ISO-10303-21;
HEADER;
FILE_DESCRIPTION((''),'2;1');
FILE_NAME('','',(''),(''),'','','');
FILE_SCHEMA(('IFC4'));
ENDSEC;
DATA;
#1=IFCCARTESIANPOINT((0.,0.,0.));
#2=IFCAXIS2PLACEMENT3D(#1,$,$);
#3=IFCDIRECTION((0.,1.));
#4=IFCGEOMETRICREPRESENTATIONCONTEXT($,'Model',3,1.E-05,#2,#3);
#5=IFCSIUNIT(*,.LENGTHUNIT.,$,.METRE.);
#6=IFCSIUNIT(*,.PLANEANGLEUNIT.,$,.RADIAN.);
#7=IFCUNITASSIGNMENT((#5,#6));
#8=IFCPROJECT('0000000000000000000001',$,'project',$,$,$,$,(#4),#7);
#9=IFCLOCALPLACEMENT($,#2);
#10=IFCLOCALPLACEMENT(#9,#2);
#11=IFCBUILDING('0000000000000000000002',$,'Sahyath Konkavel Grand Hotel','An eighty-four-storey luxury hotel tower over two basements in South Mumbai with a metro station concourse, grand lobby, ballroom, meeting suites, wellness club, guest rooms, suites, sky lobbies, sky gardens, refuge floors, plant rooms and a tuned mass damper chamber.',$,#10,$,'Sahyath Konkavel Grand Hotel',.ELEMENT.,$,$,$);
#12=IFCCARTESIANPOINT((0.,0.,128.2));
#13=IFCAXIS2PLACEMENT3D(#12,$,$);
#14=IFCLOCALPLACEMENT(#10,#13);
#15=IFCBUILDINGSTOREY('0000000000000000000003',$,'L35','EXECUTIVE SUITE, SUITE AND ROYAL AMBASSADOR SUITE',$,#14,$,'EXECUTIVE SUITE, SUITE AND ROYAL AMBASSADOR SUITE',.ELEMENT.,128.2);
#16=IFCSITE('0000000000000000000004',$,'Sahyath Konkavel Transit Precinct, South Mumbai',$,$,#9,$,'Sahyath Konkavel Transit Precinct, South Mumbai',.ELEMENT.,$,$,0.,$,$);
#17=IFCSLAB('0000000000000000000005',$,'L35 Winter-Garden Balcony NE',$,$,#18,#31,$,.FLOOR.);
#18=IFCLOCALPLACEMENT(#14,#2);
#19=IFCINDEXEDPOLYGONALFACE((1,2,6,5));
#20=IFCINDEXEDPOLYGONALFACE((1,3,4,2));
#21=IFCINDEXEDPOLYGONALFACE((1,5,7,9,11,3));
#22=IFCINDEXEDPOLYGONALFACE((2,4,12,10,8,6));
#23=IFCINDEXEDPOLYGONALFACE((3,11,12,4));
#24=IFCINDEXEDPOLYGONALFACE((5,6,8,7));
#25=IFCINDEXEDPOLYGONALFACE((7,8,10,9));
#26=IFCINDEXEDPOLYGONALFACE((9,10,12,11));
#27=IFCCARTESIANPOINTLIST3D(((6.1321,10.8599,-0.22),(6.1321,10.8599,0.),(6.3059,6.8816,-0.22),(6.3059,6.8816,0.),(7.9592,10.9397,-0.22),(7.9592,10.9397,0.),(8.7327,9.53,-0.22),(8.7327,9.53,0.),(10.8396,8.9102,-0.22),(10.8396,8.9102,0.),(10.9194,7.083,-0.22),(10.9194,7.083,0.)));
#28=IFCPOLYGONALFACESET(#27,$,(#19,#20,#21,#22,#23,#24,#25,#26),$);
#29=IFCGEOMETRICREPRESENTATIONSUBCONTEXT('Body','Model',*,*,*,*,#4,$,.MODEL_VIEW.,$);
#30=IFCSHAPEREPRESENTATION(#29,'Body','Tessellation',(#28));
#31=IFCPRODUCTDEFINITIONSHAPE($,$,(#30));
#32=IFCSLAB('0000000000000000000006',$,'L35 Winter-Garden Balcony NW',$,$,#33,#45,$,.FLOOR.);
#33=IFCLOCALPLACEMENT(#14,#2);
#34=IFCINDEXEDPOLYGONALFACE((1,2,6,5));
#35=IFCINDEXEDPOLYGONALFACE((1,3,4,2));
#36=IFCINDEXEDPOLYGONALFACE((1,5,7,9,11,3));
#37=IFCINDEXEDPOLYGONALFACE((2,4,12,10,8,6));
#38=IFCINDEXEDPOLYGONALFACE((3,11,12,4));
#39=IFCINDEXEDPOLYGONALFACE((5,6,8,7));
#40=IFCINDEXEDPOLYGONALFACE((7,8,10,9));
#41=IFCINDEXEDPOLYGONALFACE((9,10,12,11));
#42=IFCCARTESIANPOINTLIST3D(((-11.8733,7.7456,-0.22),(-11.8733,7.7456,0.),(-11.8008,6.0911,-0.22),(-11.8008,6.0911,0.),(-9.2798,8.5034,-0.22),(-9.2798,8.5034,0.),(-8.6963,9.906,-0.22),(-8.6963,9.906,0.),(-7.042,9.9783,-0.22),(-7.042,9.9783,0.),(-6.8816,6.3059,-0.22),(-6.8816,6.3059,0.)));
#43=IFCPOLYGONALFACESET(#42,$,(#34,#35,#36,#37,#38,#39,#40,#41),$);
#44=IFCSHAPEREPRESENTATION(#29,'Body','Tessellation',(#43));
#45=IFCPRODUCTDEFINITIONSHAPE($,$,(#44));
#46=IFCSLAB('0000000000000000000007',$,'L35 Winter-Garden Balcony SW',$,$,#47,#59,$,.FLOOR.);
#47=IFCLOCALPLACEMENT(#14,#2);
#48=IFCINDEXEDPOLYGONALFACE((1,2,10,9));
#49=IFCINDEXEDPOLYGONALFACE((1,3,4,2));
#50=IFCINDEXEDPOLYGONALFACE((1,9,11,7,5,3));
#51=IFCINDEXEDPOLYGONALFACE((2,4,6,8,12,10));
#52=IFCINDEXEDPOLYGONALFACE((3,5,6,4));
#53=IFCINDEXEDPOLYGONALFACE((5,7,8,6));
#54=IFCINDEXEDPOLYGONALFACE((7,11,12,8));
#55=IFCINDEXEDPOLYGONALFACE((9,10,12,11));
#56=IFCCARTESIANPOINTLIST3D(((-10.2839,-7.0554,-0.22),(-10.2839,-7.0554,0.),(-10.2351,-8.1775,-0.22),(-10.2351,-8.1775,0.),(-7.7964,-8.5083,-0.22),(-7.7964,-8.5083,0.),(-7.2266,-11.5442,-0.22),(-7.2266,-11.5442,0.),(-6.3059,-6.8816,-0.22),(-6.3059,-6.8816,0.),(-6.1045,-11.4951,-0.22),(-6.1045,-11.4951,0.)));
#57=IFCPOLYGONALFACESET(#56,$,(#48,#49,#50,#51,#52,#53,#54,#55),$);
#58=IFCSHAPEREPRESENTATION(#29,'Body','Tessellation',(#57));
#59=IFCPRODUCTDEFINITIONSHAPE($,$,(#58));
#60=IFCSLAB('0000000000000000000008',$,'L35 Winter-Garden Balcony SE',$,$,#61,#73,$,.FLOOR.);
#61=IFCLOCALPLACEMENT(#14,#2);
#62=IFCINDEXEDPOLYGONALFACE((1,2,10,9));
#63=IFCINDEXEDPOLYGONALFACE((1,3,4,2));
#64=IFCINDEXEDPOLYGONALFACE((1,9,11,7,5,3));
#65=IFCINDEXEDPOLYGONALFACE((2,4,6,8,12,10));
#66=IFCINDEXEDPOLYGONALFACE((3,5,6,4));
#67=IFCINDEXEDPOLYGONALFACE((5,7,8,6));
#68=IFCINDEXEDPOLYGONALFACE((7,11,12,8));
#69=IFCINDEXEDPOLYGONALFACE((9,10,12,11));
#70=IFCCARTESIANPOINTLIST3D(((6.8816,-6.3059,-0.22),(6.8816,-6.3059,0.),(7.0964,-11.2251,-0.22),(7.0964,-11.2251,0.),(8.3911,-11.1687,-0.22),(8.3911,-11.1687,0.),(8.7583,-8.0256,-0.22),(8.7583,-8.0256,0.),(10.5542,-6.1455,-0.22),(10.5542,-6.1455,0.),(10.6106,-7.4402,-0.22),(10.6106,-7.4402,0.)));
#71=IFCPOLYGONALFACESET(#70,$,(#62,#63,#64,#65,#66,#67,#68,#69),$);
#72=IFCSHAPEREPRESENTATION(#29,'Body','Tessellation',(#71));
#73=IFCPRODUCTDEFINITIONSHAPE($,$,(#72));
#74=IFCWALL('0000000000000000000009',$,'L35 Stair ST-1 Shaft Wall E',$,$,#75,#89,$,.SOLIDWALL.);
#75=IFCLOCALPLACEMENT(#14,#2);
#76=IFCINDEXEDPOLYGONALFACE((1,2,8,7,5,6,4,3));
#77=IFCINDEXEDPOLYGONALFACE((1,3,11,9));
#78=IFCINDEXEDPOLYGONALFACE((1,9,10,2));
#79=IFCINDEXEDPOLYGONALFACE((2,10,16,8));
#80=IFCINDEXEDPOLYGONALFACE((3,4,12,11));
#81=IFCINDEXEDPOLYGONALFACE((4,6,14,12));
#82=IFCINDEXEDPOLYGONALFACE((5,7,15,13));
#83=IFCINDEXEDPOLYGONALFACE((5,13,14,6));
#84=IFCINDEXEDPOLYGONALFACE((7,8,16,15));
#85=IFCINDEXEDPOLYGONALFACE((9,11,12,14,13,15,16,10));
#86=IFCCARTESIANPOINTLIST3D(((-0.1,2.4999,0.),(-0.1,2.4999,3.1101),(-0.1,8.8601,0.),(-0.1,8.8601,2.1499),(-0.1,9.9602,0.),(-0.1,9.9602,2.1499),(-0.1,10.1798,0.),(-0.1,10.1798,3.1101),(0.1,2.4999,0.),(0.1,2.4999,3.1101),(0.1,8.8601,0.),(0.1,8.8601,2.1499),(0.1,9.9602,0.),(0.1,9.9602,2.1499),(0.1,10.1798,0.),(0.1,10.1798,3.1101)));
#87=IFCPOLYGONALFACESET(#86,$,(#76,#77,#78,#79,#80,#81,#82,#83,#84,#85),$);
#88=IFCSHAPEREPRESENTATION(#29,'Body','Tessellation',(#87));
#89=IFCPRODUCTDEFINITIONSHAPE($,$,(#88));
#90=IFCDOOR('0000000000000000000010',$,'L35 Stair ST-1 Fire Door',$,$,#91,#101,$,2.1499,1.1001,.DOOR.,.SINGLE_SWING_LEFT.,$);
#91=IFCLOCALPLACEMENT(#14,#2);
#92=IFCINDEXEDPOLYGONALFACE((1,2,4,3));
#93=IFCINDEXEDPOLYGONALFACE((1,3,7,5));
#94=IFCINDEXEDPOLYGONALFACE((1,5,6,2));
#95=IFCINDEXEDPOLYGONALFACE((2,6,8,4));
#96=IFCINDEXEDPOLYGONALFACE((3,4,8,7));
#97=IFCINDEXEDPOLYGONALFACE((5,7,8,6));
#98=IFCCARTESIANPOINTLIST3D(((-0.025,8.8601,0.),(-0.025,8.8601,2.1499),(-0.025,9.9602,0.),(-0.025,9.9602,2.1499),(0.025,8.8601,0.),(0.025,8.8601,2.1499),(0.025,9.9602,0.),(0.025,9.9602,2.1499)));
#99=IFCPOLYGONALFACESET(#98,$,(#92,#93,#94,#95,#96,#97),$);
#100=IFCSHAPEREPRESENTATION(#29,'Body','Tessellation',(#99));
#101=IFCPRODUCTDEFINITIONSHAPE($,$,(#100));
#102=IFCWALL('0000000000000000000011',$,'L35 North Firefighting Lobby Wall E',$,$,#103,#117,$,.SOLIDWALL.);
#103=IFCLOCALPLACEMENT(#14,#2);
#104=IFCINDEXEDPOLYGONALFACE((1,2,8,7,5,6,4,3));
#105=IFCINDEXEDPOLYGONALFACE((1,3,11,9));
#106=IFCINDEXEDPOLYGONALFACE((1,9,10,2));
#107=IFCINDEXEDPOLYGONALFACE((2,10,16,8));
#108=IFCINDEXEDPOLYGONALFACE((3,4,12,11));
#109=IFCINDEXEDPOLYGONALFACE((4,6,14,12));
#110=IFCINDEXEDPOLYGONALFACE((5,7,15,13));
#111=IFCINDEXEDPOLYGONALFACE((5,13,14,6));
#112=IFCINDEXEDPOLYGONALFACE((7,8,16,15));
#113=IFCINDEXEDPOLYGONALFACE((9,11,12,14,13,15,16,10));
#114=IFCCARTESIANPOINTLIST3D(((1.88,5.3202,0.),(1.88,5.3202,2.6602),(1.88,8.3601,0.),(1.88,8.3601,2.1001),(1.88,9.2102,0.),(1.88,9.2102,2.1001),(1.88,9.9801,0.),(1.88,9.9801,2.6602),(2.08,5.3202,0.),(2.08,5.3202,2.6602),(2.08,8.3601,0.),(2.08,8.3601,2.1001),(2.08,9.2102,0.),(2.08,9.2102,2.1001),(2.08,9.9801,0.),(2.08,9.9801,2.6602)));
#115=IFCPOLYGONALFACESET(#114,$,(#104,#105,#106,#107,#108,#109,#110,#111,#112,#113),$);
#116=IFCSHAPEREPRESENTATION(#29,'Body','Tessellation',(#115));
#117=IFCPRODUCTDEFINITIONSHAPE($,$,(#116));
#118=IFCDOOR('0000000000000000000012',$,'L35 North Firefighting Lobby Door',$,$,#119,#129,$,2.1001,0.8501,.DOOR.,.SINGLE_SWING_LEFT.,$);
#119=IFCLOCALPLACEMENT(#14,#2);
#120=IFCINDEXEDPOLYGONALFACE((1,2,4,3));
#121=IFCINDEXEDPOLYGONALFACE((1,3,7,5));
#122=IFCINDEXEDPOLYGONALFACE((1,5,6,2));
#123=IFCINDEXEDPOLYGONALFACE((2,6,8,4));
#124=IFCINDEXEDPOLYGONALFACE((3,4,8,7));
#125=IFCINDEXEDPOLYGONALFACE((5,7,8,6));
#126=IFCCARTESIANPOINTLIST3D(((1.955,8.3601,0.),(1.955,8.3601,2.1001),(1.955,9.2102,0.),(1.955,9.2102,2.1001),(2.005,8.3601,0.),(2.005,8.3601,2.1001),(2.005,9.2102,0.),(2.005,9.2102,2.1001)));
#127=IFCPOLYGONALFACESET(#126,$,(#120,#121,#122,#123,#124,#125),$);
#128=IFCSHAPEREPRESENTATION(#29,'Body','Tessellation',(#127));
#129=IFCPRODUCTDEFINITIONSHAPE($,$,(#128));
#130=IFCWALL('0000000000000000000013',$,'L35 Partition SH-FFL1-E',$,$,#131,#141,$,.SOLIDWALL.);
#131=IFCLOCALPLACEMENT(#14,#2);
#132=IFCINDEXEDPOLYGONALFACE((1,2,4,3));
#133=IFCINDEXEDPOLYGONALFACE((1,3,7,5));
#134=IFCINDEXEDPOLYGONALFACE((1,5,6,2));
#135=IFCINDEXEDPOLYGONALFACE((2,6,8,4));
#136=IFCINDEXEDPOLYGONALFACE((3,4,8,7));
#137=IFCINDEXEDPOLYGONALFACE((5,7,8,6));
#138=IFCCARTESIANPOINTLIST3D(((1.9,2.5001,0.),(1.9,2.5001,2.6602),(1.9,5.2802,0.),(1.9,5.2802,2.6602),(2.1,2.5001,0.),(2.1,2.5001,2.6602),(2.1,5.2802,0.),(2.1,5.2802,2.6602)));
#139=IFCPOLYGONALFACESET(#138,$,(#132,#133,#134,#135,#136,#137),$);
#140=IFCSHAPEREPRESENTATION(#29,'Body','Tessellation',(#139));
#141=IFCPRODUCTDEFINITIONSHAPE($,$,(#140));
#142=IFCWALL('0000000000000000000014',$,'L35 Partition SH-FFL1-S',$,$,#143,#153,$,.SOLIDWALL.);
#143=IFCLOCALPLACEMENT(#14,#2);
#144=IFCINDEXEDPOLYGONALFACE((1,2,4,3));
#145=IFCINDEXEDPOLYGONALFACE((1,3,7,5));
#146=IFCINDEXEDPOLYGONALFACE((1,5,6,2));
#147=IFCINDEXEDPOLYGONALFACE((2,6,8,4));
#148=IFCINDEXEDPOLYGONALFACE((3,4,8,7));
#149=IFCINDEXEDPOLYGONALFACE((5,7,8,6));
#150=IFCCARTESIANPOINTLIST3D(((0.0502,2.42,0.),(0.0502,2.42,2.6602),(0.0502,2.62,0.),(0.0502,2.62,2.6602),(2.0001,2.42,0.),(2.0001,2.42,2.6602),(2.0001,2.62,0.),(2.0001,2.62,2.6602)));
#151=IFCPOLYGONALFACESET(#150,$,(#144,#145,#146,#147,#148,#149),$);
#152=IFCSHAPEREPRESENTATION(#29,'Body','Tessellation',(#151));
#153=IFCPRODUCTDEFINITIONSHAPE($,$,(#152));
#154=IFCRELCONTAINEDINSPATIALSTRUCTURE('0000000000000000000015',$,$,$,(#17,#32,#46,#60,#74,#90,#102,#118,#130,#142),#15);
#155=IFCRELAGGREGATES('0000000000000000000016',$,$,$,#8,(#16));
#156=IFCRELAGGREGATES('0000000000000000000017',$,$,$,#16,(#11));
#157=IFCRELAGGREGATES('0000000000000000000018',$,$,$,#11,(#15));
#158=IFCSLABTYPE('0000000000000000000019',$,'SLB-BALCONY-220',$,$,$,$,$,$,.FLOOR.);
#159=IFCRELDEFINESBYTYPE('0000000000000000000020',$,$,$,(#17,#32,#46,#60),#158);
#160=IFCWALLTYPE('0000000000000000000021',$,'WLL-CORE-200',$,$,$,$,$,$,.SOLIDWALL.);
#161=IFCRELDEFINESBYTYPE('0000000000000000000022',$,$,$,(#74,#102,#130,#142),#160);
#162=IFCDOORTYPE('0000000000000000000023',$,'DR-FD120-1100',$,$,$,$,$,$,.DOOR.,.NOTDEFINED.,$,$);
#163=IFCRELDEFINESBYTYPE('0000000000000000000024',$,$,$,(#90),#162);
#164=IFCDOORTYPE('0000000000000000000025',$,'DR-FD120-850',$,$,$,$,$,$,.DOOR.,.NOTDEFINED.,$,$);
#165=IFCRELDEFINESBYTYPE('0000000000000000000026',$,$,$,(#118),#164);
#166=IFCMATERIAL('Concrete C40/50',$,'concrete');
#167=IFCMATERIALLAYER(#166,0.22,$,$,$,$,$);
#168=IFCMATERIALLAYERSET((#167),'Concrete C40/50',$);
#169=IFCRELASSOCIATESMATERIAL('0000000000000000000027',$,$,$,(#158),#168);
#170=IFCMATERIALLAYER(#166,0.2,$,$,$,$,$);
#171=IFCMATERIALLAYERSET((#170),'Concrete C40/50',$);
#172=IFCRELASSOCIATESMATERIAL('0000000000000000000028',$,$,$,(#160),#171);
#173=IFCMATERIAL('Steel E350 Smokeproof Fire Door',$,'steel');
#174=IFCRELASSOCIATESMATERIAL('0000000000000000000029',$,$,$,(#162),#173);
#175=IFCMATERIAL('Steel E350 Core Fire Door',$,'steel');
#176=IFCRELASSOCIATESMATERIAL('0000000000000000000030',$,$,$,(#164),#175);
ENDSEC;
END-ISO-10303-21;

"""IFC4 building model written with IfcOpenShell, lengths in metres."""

from ifc_helpers import new_model, si_unit, direction, frame, frame_2d, origin, origin_2d, place, context, subcontext, project, spatial, polyline, rectangle, outline, extrude, source, transform, mapped, material, layer, layer_set, type_object, element, fill, save


model = new_model("IFC4")

# Units and contexts
model_context = context("Model", 3, precision=1e-05, world=origin(), true_north=direction((0.0, 1.0)))
body_context = subcontext(model_context, "Body", "Model", "MODEL_VIEW")
ifc_project = project(units=[si_unit("LENGTHUNIT", "METRE"), si_unit("PLANEANGLEUNIT", "RADIAN")], contexts=[model_context])

# Site, building, storey
site_placement = place(None, origin())
site = spatial("IfcSite", under=ifc_project, at=site_placement, Name="Sahyath Konkavel Transit Precinct, South Mumbai", LongName="Sahyath Konkavel Transit Precinct, South Mumbai", CompositionType="ELEMENT", RefElevation=0.0)
building_placement = place(site_placement, origin())
building = spatial("IfcBuilding", under=site, at=building_placement, Name="Sahyath Konkavel Grand Hotel", Description="An eighty-four-storey luxury hotel tower over two basements in South Mumbai with a metro station concourse, grand lobby, ballroom, meeting suites, wellness club, guest rooms, suites, sky lobbies, sky gardens, refuge floors, plant rooms and a tuned mass damper chamber.", LongName="Sahyath Konkavel Grand Hotel", CompositionType="ELEMENT")
storey_placement = place(building_placement, frame((0.0, 0.0, 128.2)))
storey = spatial("IfcBuildingStorey", under=building, at=storey_placement, Name="L35", Description="EXECUTIVE SUITE, SUITE AND ROYAL AMBASSADOR SUITE", LongName="EXECUTIVE SUITE, SUITE AND ROYAL AMBASSADOR SUITE", CompositionType="ELEMENT", Elevation=128.2)

# Slabs
ifc_material_1 = material(Name="Concrete C40/50", Category="concrete")
ifc_layer_1 = layer(ifc_material_1, 0.22)
ifc_layer_set_1 = layer_set([ifc_layer_1], Name="Concrete C40/50")
slab_type = type_object("IfcSlabType", Name="SLB-BALCONY-220", PredefinedType="FLOOR", material=ifc_layer_set_1)
slab_1_placement = place(storey_placement, frame((0.0, 0.0, -0.22)))
element("IfcSlab", 1, at=slab_1_placement, inside=storey, type_object=slab_type, Name="L35 Winter-Garden Balcony NE", PredefinedType="FLOOR", context=body_context, shape_type="SweptSolid", body=[
    extrude(outline(polyline([(6.3059, 6.8816), (10.9194, 7.083), (10.8396, 8.9102), (8.7327, 9.53), (7.9592, 10.9397), (6.1321, 10.8599), (6.3059, 6.8816)])), origin(), (0.0, 0.0, 1.0), 0.22),
])
slab_2_placement = place(storey_placement, frame((0.0, 0.0, -0.22)))
element("IfcSlab", 2, at=slab_2_placement, inside=storey, type_object=slab_type, Name="L35 Winter-Garden Balcony NW", PredefinedType="FLOOR", context=body_context, shape_type="SweptSolid", body=[
    extrude(outline(polyline([(-6.8816, 6.3059), (-7.042, 9.9783), (-8.6963, 9.906), (-9.2798, 8.5034), (-11.8733, 7.7456), (-11.8008, 6.0911), (-6.8816, 6.3059)])), origin(), (0.0, 0.0, 1.0), 0.22),
])
slab_3_placement = place(storey_placement, frame((0.0, 0.0, -0.22)))
element("IfcSlab", 3, at=slab_3_placement, inside=storey, type_object=slab_type, Name="L35 Winter-Garden Balcony SW", PredefinedType="FLOOR", context=body_context, shape_type="SweptSolid", body=[
    extrude(outline(polyline([(-6.3059, -6.8816), (-10.2839, -7.0554), (-10.2351, -8.1775), (-7.7964, -8.5083), (-7.2266, -11.5442), (-6.1045, -11.4951), (-6.3059, -6.8816)])), origin(), (0.0, 0.0, 1.0), 0.22),
])
slab_4_placement = place(storey_placement, frame((0.0, 0.0, -0.22)))
element("IfcSlab", 4, at=slab_4_placement, inside=storey, type_object=slab_type, Name="L35 Winter-Garden Balcony SE", PredefinedType="FLOOR", context=body_context, shape_type="SweptSolid", body=[
    extrude(outline(polyline([(6.8816, -6.3059), (7.0964, -11.2251), (8.3911, -11.1687), (8.7583, -8.0256), (10.6106, -7.4402), (10.5542, -6.1455), (6.8816, -6.3059)])), origin(), (0.0, 0.0, 1.0), 0.22),
])

# Walls, openings, doors
ifc_layer_2 = layer(ifc_material_1, 0.2)
ifc_layer_set_2 = layer_set([ifc_layer_2], Name="Concrete C40/50")
wall_type_1 = type_object("IfcWallType", Name="WLL-CORE-200", PredefinedType="SOLIDWALL", material=ifc_layer_set_2)
wall_1_placement = place(storey_placement, frame((0.0, 2.5, 0.0), z_axis=(0.0, 0.0, 1.0), x_axis=(0.0, 1.0, 0.0)))
wall_1 = element("IfcWall", 5, at=wall_1_placement, inside=storey, type_object=wall_type_1, Name="L35 Stair ST-1 Shaft Wall E", PredefinedType="SOLIDWALL", context=body_context, shape_type="SweptSolid", body=[
    extrude(rectangle(XDim=7.6799, YDim=0.2, at=frame_2d((3.8398, 0.0))), origin(), (0.0, 0.0, 1.0), 3.1101),
])
opening_1_placement = place(wall_1_placement, frame((6.3601, 0.0, 0.0)))
opening_1 = element("IfcOpeningElement", 6, at=opening_1_placement, cuts=wall_1, PredefinedType="OPENING", context=body_context, shape_type="SweptSolid", body=[
    extrude(rectangle(XDim=1.1001, YDim=2.1499, at=frame_2d((0.55, 1.075))), frame((0.0, 0.1099, 0.0), z_axis=(0.0, -1.0, 0.0), x_axis=(1.0, 0.0, 0.0)), (0.0, 0.0, 1.0), 0.22),
])
ifc_material_2 = material(Name="Steel E350 Smokeproof Fire Door", Category="steel")
door_type_1 = type_object("IfcDoorType", Name="DR-FD120-1100", OperationType="NOTDEFINED", PredefinedType="DOOR", material=ifc_material_2)
shared_shape_1 = source(origin(), body_context, "Body", "SweptSolid", [
    extrude(rectangle(XDim=1.1001, YDim=0.05, at=origin_2d()), origin(), (0.0, 0.0, 1.0), 2.1499),
])
door_1_placement = place(opening_1_placement, frame((0.55, 0.0, 0.0)))
door_1 = element("IfcDoor", 7, at=door_1_placement, inside=storey, type_object=door_type_1, Name="L35 Stair ST-1 Fire Door", OperationType="SINGLE_SWING_LEFT", OverallHeight=2.1499, OverallWidth=1.1001, PredefinedType="DOOR", context=body_context, shape_type="MappedRepresentation", body=[
    mapped(shared_shape_1, transform((0.0, 0.0, 0.0), scale=1.0)),
])
fill(opening_1, door_1)
wall_2_placement = place(storey_placement, frame((1.98, 5.3201, 0.0), z_axis=(0.0, 0.0, 1.0), x_axis=(0.0, 1.0, 0.0)))
wall_2 = element("IfcWall", 8, at=wall_2_placement, inside=storey, type_object=wall_type_1, Name="L35 North Firefighting Lobby Wall E", PredefinedType="SOLIDWALL", context=body_context, shape_type="SweptSolid", body=[
    extrude(rectangle(XDim=4.6599, YDim=0.2, at=frame_2d((2.3301, 0.0))), origin(), (0.0, 0.0, 1.0), 2.6602),
])
opening_2_placement = place(wall_2_placement, frame((3.04, 0.0, 0.0)))
opening_2 = element("IfcOpeningElement", 9, at=opening_2_placement, cuts=wall_2, PredefinedType="OPENING", context=body_context, shape_type="SweptSolid", body=[
    extrude(rectangle(XDim=0.8501, YDim=2.1001, at=frame_2d((0.425, 1.05))), frame((0.0, 0.1099, 0.0), z_axis=(0.0, -1.0, 0.0), x_axis=(1.0, 0.0, 0.0)), (0.0, 0.0, 1.0), 0.22),
])
ifc_material_3 = material(Name="Steel E350 Core Fire Door", Category="steel")
door_type_2 = type_object("IfcDoorType", Name="DR-FD120-850", OperationType="NOTDEFINED", PredefinedType="DOOR", material=ifc_material_3)
shared_shape_2 = source(origin(), body_context, "Body", "SweptSolid", [
    extrude(rectangle(XDim=0.8501, YDim=0.05, at=origin_2d()), origin(), (0.0, 0.0, 1.0), 2.1001),
])
door_2_placement = place(opening_2_placement, frame((0.425, 0.0, 0.0)))
door_2 = element("IfcDoor", 10, at=door_2_placement, inside=storey, type_object=door_type_2, Name="L35 North Firefighting Lobby Door", OperationType="SINGLE_SWING_LEFT", OverallHeight=2.1001, OverallWidth=0.8501, PredefinedType="DOOR", context=body_context, shape_type="MappedRepresentation", body=[
    mapped(shared_shape_2, transform((0.0, 0.0, 0.0), scale=1.0)),
])
fill(opening_2, door_2)

# Walls
wall_3_placement = place(storey_placement, frame((2.0, 2.5, 0.0), z_axis=(0.0, 0.0, 1.0), x_axis=(0.0, 1.0, 0.0)))
element("IfcWall", 11, at=wall_3_placement, inside=storey, type_object=wall_type_1, Name="L35 Partition SH-FFL1-E", PredefinedType="SOLIDWALL", context=body_context, shape_type="SweptSolid", body=[
    extrude(rectangle(XDim=2.78, YDim=0.2, at=frame_2d((1.3901, 0.0))), origin(), (0.0, 0.0, 1.0), 2.6602),
])
wall_4_placement = place(storey_placement, frame((0.05, 2.52, 0.0), z_axis=(0.0, 0.0, 1.0), x_axis=(1.0, 0.0, 0.0)))
element("IfcWall", 12, at=wall_4_placement, inside=storey, type_object=wall_type_1, Name="L35 Partition SH-FFL1-S", PredefinedType="SOLIDWALL", context=body_context, shape_type="SweptSolid", body=[
    extrude(rectangle(XDim=1.95, YDim=0.2, at=frame_2d((0.9751, 0.0))), origin(), (0.0, 0.0, 1.0), 2.6602),
])

save(model, "model.ifc")
